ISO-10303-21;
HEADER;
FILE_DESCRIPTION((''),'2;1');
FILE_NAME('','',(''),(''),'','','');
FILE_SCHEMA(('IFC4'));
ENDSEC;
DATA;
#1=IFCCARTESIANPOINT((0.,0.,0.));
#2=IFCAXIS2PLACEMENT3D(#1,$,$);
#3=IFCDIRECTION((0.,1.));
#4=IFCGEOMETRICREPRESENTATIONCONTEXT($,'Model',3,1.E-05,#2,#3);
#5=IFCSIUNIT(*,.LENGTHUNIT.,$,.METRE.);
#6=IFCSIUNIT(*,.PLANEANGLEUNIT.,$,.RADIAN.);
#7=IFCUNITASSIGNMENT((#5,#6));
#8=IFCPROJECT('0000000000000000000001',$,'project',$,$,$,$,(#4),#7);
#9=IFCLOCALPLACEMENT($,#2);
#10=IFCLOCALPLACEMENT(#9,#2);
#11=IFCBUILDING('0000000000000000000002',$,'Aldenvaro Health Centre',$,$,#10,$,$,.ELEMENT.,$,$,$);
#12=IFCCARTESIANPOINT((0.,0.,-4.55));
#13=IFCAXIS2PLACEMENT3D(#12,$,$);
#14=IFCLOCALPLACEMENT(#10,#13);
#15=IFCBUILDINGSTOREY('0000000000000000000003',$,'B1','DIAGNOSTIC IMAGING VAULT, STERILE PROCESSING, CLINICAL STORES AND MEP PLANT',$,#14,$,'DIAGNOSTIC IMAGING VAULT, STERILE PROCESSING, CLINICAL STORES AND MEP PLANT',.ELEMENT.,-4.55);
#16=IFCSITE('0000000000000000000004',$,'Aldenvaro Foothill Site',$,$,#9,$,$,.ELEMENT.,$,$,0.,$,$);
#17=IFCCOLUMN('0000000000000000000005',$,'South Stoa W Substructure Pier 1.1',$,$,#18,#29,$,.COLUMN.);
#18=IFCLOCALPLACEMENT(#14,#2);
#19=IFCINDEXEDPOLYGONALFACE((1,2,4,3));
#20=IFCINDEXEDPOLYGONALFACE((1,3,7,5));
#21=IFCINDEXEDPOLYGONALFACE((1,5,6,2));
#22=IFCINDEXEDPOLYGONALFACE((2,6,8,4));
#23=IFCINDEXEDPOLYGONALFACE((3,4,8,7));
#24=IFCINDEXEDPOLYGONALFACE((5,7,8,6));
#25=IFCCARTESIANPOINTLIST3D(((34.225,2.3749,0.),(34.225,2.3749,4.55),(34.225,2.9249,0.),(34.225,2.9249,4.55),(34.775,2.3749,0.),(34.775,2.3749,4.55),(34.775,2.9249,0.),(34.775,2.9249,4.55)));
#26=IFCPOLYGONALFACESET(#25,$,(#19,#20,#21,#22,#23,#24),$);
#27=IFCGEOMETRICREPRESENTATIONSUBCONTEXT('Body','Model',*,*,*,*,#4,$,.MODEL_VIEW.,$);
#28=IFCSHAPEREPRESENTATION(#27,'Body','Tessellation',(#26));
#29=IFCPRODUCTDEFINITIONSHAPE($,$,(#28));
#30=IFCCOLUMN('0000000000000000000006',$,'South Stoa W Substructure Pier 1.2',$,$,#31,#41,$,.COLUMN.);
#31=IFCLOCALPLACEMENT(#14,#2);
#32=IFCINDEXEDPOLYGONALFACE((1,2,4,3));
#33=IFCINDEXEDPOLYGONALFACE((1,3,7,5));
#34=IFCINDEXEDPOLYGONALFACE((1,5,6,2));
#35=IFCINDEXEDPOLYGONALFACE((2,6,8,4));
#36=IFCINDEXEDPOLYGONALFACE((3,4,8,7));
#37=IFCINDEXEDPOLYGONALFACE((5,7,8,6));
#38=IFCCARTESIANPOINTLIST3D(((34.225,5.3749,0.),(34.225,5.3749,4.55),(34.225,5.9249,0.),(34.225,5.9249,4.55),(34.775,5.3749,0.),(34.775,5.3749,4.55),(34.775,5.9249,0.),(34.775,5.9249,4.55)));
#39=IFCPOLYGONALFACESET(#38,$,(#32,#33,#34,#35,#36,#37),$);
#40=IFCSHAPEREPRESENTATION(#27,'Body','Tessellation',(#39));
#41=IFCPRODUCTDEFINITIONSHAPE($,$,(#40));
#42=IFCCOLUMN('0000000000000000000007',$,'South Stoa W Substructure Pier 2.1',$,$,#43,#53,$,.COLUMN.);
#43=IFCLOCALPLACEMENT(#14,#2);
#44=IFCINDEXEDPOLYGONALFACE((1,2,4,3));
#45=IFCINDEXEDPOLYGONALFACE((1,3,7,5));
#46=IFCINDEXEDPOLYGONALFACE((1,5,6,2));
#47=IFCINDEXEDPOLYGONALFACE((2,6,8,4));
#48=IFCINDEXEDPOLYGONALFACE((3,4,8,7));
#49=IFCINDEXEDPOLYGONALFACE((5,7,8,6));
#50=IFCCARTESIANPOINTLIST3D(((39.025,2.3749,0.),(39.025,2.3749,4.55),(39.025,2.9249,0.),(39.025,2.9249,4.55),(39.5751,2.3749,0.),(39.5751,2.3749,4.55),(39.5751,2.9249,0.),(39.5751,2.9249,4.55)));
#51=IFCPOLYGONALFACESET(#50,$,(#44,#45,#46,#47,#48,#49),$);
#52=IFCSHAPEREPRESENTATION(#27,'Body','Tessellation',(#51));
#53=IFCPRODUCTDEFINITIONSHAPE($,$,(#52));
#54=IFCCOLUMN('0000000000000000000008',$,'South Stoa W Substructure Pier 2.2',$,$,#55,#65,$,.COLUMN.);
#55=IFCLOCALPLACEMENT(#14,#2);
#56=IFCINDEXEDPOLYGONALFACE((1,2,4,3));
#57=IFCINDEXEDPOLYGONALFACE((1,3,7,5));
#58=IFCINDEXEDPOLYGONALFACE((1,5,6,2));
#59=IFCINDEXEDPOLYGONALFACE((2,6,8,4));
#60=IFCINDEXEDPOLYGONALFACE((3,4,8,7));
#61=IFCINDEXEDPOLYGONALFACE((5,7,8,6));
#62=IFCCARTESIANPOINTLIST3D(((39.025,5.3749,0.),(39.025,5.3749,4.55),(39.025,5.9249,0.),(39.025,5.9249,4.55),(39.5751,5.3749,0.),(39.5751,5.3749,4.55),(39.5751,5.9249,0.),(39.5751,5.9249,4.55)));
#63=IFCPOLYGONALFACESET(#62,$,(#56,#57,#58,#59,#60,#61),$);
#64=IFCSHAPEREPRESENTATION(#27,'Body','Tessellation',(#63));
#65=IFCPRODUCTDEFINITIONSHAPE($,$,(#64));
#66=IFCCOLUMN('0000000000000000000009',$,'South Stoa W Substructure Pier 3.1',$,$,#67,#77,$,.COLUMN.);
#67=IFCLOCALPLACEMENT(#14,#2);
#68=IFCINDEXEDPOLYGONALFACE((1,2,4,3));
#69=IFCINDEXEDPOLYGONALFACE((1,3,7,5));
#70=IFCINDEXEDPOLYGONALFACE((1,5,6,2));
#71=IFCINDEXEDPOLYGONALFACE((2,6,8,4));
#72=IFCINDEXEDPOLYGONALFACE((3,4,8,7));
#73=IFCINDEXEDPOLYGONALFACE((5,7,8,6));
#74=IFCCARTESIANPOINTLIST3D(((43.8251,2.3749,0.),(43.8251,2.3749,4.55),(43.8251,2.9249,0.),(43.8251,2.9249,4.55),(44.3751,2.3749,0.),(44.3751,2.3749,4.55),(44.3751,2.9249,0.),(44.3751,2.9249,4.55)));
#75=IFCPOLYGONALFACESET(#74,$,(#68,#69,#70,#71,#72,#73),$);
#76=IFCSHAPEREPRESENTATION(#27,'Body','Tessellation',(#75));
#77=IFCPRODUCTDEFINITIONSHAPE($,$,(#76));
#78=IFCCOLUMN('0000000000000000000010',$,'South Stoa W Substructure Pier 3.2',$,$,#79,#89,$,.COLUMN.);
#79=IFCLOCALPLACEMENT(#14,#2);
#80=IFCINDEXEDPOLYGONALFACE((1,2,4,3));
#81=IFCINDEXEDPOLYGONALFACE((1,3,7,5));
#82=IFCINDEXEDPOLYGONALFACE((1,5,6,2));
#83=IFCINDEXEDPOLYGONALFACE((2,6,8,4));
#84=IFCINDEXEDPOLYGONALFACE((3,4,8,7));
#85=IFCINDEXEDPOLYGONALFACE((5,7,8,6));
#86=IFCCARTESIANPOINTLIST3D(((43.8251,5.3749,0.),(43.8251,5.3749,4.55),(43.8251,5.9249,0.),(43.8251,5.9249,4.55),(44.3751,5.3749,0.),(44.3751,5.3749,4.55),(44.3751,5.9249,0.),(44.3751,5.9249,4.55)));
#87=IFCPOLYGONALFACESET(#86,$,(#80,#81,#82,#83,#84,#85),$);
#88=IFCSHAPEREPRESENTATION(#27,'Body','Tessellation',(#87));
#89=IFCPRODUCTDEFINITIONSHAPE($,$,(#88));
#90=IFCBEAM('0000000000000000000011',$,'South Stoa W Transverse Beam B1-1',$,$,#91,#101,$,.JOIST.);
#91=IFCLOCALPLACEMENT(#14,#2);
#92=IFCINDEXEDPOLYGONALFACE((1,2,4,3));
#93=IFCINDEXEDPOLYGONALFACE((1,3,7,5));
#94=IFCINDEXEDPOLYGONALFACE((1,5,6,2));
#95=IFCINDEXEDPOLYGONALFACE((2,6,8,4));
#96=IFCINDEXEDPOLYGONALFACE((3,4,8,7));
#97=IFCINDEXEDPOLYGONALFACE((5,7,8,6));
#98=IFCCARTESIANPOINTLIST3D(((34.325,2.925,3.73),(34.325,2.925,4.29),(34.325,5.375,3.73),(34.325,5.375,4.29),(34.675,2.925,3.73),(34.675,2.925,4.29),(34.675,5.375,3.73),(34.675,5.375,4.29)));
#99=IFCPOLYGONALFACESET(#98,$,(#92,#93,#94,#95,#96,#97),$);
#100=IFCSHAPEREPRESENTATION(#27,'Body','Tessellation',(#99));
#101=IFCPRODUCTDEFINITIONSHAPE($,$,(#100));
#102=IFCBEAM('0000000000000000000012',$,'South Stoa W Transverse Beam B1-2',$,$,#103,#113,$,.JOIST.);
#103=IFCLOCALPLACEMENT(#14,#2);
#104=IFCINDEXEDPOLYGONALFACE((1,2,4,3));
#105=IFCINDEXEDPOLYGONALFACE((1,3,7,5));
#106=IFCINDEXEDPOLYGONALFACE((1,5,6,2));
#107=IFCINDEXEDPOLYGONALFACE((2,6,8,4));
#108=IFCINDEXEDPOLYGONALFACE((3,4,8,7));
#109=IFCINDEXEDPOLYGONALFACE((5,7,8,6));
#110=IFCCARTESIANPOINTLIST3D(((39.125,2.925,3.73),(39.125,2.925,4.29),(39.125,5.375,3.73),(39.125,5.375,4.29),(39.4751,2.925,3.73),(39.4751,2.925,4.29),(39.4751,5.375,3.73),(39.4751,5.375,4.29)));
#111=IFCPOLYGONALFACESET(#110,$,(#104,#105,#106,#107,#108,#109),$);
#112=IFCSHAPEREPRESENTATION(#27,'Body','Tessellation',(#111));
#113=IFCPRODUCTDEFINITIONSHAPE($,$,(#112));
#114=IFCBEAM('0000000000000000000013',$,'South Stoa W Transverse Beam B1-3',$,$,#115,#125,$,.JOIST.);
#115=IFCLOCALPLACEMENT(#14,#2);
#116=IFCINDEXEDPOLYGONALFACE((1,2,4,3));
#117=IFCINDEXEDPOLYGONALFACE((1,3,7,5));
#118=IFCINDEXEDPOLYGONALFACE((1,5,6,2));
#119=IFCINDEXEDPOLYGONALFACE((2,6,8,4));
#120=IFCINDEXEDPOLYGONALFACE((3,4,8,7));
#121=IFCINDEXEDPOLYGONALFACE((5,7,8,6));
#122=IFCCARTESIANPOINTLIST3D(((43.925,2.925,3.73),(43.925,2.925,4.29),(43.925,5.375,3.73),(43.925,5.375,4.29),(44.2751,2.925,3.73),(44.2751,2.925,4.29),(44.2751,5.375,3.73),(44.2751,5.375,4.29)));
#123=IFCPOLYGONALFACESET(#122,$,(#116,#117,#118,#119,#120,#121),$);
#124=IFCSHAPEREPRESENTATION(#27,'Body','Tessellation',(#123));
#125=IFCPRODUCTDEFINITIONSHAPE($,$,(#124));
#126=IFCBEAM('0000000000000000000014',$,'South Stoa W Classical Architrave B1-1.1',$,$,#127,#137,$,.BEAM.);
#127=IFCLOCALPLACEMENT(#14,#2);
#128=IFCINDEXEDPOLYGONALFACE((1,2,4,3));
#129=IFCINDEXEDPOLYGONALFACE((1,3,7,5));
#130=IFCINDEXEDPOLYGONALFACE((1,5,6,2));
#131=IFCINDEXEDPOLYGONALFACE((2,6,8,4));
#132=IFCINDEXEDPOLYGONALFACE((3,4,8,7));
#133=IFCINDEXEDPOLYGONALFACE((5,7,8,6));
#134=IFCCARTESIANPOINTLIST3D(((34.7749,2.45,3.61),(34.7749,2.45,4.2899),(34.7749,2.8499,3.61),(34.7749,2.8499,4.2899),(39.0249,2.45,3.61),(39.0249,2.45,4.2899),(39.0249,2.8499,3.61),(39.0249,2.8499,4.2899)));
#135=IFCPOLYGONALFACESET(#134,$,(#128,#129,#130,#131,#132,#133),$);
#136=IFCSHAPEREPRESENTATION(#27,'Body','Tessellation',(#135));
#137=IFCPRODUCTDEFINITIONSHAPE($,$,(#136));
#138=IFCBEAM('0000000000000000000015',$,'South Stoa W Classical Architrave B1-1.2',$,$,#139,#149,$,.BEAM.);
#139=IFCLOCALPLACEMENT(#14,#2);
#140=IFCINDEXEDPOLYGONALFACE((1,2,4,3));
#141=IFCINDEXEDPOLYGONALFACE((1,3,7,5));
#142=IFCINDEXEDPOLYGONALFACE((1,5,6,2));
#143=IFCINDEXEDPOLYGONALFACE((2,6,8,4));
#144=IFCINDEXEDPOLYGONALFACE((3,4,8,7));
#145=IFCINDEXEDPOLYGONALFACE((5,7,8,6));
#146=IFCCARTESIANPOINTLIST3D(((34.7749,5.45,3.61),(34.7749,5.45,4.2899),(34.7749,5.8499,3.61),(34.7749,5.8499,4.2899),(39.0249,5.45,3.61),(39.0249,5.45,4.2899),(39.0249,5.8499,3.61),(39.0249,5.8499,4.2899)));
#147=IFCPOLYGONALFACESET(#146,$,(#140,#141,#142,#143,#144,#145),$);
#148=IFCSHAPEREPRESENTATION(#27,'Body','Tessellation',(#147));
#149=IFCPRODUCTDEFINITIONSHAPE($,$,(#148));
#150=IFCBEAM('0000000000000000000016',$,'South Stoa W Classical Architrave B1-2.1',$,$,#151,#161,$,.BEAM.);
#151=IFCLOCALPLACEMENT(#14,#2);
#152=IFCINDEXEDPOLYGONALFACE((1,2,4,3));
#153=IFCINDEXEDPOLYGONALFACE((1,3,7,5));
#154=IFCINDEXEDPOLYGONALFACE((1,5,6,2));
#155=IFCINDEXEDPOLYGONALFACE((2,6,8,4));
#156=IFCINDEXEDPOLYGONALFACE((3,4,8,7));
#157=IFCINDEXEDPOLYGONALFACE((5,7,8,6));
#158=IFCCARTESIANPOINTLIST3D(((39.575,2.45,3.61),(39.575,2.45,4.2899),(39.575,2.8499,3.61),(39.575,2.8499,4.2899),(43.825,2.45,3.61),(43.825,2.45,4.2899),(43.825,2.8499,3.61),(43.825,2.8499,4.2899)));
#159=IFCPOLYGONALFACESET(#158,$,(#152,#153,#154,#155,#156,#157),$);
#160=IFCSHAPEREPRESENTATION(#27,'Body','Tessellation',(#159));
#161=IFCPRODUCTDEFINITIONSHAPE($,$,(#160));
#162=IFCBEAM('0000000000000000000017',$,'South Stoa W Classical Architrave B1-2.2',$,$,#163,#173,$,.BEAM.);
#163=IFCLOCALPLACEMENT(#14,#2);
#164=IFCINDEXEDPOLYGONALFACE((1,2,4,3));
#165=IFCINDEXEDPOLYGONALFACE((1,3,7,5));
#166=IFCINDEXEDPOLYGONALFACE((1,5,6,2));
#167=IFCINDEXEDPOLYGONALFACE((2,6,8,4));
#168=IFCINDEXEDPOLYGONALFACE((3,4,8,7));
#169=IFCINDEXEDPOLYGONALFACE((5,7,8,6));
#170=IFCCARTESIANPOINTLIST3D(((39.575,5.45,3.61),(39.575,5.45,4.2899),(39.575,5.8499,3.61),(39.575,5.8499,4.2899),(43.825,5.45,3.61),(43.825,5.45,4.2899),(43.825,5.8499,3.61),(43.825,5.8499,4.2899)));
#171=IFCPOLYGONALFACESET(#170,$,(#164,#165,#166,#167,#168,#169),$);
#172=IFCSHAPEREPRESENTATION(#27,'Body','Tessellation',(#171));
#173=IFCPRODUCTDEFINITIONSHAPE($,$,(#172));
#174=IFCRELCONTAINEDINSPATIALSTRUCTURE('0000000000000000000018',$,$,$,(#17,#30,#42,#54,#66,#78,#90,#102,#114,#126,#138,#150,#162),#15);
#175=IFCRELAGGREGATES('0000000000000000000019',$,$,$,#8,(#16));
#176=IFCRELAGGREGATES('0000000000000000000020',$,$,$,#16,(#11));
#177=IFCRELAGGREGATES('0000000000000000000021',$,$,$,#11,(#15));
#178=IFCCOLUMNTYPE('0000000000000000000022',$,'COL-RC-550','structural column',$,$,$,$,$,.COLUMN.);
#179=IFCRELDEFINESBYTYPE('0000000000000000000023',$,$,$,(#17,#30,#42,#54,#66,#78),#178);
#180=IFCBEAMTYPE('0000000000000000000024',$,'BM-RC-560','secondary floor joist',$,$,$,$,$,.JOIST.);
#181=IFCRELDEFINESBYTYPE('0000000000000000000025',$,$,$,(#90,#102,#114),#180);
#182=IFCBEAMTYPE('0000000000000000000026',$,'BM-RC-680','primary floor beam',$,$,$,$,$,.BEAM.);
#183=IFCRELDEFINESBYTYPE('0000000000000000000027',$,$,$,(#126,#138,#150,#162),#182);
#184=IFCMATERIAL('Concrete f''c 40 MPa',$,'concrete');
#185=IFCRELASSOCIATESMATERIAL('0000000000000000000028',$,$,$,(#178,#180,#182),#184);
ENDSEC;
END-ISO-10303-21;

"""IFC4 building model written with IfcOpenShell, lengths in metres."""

from ifc_helpers import new_model, si_unit, direction, frame, origin, origin_2d, place, context, subcontext, project, spatial, rectangle, extrude, material, material_profile, profile_set, type_object, element, save


model = new_model("IFC4")

# Units and contexts
model_context = context("Model", 3, precision=1e-05, world=origin(), true_north=direction((0.0, 1.0)))
body_context = subcontext(model_context, "Body", "Model", "MODEL_VIEW")
ifc_project = project(units=[si_unit("LENGTHUNIT", "METRE"), si_unit("PLANEANGLEUNIT", "RADIAN")], contexts=[model_context])

# Site, building, storey
site_placement = place(None, origin())
site = spatial("IfcSite", under=ifc_project, at=site_placement, Name="Aldenvaro Foothill Site", CompositionType="ELEMENT", RefElevation=0.0)
building_placement = place(site_placement, origin())
building = spatial("IfcBuilding", under=site, at=building_placement, Name="Aldenvaro Health Centre", CompositionType="ELEMENT")
storey_placement = place(building_placement, frame((0.0, 0.0, -4.55)))
storey = spatial("IfcBuildingStorey", under=building, at=storey_placement, Name="B1", Description="DIAGNOSTIC IMAGING VAULT, STERILE PROCESSING, CLINICAL STORES AND MEP PLANT", LongName="DIAGNOSTIC IMAGING VAULT, STERILE PROCESSING, CLINICAL STORES AND MEP PLANT", CompositionType="ELEMENT", Elevation=-4.55)

# Shared definitions
ifc_material = material(Name="Concrete f'c 40 MPa", Category="concrete")

# Columns
ifc_material_profile_1 = material_profile(ifc_material, rectangle(XDim=0.55, YDim=0.55, at=origin_2d()), Name="RC 550x550", Category="concrete")
ifc_profile_set_1 = profile_set([ifc_material_profile_1], Name="Concrete f'c 40 MPa")
column_type_1 = type_object("IfcColumnType", Name="COL-RC-550", Description="structural column", PredefinedType="COLUMN", material=ifc_profile_set_1)
for number, where, z_axis, x_axis, name in (
    (1, (34.5, 2.6499, 0.0), (0.0, 0.0, 1.0), (1.0, 0.0, 0.0), "South Stoa W Substructure Pier 1.1"),
    (2, (34.5, 5.6499, 0.0), (0.0, 0.0, 1.0), (1.0, 0.0, 0.0), "South Stoa W Substructure Pier 1.2"),
    (3, (39.3, 2.6499, 0.0), (0.0, 0.0, 1.0), (1.0, 0.0, 0.0), "South Stoa W Substructure Pier 2.1"),
    (4, (39.3, 5.6499, 0.0), (0.0, 0.0, 1.0), (1.0, 0.0, 0.0), "South Stoa W Substructure Pier 2.2"),
    (5, (44.1001, 2.6499, 0.0), (0.0, 0.0, 1.0), (1.0, 0.0, 0.0), "South Stoa W Substructure Pier 3.1"),
    (6, (44.1001, 5.6499, 0.0), (0.0, 0.0, 1.0), (1.0, 0.0, 0.0), "South Stoa W Substructure Pier 3.2"),
):
    element("IfcColumn", number, at=place(storey_placement, frame(where, z_axis=z_axis, x_axis=x_axis)), inside=storey, type_object=column_type_1, Name=name, PredefinedType="COLUMN", context=body_context, shape_type="SweptSolid", body=[
        extrude(rectangle(XDim=0.55, YDim=0.55, at=origin_2d()), origin(), (0.0, 0.0, 1.0), 4.55),
    ])

# Beams
ifc_material_profile_2 = material_profile(ifc_material, rectangle(XDim=0.3501, YDim=0.5601, at=origin_2d()), Name="RC 350x560", Category="concrete")
ifc_profile_set_2 = profile_set([ifc_material_profile_2], Name="Concrete f'c 40 MPa")
beam_type_1 = type_object("IfcBeamType", Name="BM-RC-560", Description="secondary floor joist", PredefinedType="JOIST", material=ifc_profile_set_2)
for number, where, z_axis, x_axis, name in (
    (7, (34.5, 2.925, 4.01), (0.0, 1.0, 0.0), (-1.0, 0.0, 0.0), "South Stoa W Transverse Beam B1-1"),
    (8, (39.3, 2.925, 4.01), (0.0, 1.0, 0.0), (-1.0, 0.0, 0.0), "South Stoa W Transverse Beam B1-2"),
    (9, (44.1001, 2.925, 4.01), (0.0, 1.0, 0.0), (-1.0, 0.0, 0.0), "South Stoa W Transverse Beam B1-3"),
):
    element("IfcBeam", number, at=place(storey_placement, frame(where, z_axis=z_axis, x_axis=x_axis)), inside=storey, type_object=beam_type_1, Name=name, PredefinedType="JOIST", context=body_context, shape_type="SweptSolid", body=[
        extrude(rectangle(XDim=0.3501, YDim=0.5601, at=origin_2d()), origin(), (0.0, 0.0, 1.0), 2.45),
    ])
ifc_material_profile_3 = material_profile(ifc_material, rectangle(XDim=0.3999, YDim=0.6799, at=origin_2d()), Name="RC 400x680", Category="concrete")
ifc_profile_set_3 = profile_set([ifc_material_profile_3], Name="Concrete f'c 40 MPa")
beam_type_2 = type_object("IfcBeamType", Name="BM-RC-680", Description="primary floor beam", PredefinedType="BEAM", material=ifc_profile_set_3)
for number, where, z_axis, x_axis, name in (
    (10, (34.7749, 2.6499, 3.95), (1.0, 0.0, 0.0), (0.0, 1.0, 0.0), "South Stoa W Classical Architrave B1-1.1"),
    (11, (34.7749, 5.6499, 3.95), (1.0, 0.0, 0.0), (0.0, 1.0, 0.0), "South Stoa W Classical Architrave B1-1.2"),
    (12, (39.575, 2.6499, 3.95), (1.0, 0.0, 0.0), (0.0, 1.0, 0.0), "South Stoa W Classical Architrave B1-2.1"),
    (13, (39.575, 5.6499, 3.95), (1.0, 0.0, 0.0), (0.0, 1.0, 0.0), "South Stoa W Classical Architrave B1-2.2"),
):
    element("IfcBeam", number, at=place(storey_placement, frame(where, z_axis=z_axis, x_axis=x_axis)), inside=storey, type_object=beam_type_2, Name=name, PredefinedType="BEAM", context=body_context, shape_type="SweptSolid", body=[
        extrude(rectangle(XDim=0.3999, YDim=0.6799, at=origin_2d()), origin(), (0.0, 0.0, 1.0), 4.25),
    ])

save(model, "model.ifc")
